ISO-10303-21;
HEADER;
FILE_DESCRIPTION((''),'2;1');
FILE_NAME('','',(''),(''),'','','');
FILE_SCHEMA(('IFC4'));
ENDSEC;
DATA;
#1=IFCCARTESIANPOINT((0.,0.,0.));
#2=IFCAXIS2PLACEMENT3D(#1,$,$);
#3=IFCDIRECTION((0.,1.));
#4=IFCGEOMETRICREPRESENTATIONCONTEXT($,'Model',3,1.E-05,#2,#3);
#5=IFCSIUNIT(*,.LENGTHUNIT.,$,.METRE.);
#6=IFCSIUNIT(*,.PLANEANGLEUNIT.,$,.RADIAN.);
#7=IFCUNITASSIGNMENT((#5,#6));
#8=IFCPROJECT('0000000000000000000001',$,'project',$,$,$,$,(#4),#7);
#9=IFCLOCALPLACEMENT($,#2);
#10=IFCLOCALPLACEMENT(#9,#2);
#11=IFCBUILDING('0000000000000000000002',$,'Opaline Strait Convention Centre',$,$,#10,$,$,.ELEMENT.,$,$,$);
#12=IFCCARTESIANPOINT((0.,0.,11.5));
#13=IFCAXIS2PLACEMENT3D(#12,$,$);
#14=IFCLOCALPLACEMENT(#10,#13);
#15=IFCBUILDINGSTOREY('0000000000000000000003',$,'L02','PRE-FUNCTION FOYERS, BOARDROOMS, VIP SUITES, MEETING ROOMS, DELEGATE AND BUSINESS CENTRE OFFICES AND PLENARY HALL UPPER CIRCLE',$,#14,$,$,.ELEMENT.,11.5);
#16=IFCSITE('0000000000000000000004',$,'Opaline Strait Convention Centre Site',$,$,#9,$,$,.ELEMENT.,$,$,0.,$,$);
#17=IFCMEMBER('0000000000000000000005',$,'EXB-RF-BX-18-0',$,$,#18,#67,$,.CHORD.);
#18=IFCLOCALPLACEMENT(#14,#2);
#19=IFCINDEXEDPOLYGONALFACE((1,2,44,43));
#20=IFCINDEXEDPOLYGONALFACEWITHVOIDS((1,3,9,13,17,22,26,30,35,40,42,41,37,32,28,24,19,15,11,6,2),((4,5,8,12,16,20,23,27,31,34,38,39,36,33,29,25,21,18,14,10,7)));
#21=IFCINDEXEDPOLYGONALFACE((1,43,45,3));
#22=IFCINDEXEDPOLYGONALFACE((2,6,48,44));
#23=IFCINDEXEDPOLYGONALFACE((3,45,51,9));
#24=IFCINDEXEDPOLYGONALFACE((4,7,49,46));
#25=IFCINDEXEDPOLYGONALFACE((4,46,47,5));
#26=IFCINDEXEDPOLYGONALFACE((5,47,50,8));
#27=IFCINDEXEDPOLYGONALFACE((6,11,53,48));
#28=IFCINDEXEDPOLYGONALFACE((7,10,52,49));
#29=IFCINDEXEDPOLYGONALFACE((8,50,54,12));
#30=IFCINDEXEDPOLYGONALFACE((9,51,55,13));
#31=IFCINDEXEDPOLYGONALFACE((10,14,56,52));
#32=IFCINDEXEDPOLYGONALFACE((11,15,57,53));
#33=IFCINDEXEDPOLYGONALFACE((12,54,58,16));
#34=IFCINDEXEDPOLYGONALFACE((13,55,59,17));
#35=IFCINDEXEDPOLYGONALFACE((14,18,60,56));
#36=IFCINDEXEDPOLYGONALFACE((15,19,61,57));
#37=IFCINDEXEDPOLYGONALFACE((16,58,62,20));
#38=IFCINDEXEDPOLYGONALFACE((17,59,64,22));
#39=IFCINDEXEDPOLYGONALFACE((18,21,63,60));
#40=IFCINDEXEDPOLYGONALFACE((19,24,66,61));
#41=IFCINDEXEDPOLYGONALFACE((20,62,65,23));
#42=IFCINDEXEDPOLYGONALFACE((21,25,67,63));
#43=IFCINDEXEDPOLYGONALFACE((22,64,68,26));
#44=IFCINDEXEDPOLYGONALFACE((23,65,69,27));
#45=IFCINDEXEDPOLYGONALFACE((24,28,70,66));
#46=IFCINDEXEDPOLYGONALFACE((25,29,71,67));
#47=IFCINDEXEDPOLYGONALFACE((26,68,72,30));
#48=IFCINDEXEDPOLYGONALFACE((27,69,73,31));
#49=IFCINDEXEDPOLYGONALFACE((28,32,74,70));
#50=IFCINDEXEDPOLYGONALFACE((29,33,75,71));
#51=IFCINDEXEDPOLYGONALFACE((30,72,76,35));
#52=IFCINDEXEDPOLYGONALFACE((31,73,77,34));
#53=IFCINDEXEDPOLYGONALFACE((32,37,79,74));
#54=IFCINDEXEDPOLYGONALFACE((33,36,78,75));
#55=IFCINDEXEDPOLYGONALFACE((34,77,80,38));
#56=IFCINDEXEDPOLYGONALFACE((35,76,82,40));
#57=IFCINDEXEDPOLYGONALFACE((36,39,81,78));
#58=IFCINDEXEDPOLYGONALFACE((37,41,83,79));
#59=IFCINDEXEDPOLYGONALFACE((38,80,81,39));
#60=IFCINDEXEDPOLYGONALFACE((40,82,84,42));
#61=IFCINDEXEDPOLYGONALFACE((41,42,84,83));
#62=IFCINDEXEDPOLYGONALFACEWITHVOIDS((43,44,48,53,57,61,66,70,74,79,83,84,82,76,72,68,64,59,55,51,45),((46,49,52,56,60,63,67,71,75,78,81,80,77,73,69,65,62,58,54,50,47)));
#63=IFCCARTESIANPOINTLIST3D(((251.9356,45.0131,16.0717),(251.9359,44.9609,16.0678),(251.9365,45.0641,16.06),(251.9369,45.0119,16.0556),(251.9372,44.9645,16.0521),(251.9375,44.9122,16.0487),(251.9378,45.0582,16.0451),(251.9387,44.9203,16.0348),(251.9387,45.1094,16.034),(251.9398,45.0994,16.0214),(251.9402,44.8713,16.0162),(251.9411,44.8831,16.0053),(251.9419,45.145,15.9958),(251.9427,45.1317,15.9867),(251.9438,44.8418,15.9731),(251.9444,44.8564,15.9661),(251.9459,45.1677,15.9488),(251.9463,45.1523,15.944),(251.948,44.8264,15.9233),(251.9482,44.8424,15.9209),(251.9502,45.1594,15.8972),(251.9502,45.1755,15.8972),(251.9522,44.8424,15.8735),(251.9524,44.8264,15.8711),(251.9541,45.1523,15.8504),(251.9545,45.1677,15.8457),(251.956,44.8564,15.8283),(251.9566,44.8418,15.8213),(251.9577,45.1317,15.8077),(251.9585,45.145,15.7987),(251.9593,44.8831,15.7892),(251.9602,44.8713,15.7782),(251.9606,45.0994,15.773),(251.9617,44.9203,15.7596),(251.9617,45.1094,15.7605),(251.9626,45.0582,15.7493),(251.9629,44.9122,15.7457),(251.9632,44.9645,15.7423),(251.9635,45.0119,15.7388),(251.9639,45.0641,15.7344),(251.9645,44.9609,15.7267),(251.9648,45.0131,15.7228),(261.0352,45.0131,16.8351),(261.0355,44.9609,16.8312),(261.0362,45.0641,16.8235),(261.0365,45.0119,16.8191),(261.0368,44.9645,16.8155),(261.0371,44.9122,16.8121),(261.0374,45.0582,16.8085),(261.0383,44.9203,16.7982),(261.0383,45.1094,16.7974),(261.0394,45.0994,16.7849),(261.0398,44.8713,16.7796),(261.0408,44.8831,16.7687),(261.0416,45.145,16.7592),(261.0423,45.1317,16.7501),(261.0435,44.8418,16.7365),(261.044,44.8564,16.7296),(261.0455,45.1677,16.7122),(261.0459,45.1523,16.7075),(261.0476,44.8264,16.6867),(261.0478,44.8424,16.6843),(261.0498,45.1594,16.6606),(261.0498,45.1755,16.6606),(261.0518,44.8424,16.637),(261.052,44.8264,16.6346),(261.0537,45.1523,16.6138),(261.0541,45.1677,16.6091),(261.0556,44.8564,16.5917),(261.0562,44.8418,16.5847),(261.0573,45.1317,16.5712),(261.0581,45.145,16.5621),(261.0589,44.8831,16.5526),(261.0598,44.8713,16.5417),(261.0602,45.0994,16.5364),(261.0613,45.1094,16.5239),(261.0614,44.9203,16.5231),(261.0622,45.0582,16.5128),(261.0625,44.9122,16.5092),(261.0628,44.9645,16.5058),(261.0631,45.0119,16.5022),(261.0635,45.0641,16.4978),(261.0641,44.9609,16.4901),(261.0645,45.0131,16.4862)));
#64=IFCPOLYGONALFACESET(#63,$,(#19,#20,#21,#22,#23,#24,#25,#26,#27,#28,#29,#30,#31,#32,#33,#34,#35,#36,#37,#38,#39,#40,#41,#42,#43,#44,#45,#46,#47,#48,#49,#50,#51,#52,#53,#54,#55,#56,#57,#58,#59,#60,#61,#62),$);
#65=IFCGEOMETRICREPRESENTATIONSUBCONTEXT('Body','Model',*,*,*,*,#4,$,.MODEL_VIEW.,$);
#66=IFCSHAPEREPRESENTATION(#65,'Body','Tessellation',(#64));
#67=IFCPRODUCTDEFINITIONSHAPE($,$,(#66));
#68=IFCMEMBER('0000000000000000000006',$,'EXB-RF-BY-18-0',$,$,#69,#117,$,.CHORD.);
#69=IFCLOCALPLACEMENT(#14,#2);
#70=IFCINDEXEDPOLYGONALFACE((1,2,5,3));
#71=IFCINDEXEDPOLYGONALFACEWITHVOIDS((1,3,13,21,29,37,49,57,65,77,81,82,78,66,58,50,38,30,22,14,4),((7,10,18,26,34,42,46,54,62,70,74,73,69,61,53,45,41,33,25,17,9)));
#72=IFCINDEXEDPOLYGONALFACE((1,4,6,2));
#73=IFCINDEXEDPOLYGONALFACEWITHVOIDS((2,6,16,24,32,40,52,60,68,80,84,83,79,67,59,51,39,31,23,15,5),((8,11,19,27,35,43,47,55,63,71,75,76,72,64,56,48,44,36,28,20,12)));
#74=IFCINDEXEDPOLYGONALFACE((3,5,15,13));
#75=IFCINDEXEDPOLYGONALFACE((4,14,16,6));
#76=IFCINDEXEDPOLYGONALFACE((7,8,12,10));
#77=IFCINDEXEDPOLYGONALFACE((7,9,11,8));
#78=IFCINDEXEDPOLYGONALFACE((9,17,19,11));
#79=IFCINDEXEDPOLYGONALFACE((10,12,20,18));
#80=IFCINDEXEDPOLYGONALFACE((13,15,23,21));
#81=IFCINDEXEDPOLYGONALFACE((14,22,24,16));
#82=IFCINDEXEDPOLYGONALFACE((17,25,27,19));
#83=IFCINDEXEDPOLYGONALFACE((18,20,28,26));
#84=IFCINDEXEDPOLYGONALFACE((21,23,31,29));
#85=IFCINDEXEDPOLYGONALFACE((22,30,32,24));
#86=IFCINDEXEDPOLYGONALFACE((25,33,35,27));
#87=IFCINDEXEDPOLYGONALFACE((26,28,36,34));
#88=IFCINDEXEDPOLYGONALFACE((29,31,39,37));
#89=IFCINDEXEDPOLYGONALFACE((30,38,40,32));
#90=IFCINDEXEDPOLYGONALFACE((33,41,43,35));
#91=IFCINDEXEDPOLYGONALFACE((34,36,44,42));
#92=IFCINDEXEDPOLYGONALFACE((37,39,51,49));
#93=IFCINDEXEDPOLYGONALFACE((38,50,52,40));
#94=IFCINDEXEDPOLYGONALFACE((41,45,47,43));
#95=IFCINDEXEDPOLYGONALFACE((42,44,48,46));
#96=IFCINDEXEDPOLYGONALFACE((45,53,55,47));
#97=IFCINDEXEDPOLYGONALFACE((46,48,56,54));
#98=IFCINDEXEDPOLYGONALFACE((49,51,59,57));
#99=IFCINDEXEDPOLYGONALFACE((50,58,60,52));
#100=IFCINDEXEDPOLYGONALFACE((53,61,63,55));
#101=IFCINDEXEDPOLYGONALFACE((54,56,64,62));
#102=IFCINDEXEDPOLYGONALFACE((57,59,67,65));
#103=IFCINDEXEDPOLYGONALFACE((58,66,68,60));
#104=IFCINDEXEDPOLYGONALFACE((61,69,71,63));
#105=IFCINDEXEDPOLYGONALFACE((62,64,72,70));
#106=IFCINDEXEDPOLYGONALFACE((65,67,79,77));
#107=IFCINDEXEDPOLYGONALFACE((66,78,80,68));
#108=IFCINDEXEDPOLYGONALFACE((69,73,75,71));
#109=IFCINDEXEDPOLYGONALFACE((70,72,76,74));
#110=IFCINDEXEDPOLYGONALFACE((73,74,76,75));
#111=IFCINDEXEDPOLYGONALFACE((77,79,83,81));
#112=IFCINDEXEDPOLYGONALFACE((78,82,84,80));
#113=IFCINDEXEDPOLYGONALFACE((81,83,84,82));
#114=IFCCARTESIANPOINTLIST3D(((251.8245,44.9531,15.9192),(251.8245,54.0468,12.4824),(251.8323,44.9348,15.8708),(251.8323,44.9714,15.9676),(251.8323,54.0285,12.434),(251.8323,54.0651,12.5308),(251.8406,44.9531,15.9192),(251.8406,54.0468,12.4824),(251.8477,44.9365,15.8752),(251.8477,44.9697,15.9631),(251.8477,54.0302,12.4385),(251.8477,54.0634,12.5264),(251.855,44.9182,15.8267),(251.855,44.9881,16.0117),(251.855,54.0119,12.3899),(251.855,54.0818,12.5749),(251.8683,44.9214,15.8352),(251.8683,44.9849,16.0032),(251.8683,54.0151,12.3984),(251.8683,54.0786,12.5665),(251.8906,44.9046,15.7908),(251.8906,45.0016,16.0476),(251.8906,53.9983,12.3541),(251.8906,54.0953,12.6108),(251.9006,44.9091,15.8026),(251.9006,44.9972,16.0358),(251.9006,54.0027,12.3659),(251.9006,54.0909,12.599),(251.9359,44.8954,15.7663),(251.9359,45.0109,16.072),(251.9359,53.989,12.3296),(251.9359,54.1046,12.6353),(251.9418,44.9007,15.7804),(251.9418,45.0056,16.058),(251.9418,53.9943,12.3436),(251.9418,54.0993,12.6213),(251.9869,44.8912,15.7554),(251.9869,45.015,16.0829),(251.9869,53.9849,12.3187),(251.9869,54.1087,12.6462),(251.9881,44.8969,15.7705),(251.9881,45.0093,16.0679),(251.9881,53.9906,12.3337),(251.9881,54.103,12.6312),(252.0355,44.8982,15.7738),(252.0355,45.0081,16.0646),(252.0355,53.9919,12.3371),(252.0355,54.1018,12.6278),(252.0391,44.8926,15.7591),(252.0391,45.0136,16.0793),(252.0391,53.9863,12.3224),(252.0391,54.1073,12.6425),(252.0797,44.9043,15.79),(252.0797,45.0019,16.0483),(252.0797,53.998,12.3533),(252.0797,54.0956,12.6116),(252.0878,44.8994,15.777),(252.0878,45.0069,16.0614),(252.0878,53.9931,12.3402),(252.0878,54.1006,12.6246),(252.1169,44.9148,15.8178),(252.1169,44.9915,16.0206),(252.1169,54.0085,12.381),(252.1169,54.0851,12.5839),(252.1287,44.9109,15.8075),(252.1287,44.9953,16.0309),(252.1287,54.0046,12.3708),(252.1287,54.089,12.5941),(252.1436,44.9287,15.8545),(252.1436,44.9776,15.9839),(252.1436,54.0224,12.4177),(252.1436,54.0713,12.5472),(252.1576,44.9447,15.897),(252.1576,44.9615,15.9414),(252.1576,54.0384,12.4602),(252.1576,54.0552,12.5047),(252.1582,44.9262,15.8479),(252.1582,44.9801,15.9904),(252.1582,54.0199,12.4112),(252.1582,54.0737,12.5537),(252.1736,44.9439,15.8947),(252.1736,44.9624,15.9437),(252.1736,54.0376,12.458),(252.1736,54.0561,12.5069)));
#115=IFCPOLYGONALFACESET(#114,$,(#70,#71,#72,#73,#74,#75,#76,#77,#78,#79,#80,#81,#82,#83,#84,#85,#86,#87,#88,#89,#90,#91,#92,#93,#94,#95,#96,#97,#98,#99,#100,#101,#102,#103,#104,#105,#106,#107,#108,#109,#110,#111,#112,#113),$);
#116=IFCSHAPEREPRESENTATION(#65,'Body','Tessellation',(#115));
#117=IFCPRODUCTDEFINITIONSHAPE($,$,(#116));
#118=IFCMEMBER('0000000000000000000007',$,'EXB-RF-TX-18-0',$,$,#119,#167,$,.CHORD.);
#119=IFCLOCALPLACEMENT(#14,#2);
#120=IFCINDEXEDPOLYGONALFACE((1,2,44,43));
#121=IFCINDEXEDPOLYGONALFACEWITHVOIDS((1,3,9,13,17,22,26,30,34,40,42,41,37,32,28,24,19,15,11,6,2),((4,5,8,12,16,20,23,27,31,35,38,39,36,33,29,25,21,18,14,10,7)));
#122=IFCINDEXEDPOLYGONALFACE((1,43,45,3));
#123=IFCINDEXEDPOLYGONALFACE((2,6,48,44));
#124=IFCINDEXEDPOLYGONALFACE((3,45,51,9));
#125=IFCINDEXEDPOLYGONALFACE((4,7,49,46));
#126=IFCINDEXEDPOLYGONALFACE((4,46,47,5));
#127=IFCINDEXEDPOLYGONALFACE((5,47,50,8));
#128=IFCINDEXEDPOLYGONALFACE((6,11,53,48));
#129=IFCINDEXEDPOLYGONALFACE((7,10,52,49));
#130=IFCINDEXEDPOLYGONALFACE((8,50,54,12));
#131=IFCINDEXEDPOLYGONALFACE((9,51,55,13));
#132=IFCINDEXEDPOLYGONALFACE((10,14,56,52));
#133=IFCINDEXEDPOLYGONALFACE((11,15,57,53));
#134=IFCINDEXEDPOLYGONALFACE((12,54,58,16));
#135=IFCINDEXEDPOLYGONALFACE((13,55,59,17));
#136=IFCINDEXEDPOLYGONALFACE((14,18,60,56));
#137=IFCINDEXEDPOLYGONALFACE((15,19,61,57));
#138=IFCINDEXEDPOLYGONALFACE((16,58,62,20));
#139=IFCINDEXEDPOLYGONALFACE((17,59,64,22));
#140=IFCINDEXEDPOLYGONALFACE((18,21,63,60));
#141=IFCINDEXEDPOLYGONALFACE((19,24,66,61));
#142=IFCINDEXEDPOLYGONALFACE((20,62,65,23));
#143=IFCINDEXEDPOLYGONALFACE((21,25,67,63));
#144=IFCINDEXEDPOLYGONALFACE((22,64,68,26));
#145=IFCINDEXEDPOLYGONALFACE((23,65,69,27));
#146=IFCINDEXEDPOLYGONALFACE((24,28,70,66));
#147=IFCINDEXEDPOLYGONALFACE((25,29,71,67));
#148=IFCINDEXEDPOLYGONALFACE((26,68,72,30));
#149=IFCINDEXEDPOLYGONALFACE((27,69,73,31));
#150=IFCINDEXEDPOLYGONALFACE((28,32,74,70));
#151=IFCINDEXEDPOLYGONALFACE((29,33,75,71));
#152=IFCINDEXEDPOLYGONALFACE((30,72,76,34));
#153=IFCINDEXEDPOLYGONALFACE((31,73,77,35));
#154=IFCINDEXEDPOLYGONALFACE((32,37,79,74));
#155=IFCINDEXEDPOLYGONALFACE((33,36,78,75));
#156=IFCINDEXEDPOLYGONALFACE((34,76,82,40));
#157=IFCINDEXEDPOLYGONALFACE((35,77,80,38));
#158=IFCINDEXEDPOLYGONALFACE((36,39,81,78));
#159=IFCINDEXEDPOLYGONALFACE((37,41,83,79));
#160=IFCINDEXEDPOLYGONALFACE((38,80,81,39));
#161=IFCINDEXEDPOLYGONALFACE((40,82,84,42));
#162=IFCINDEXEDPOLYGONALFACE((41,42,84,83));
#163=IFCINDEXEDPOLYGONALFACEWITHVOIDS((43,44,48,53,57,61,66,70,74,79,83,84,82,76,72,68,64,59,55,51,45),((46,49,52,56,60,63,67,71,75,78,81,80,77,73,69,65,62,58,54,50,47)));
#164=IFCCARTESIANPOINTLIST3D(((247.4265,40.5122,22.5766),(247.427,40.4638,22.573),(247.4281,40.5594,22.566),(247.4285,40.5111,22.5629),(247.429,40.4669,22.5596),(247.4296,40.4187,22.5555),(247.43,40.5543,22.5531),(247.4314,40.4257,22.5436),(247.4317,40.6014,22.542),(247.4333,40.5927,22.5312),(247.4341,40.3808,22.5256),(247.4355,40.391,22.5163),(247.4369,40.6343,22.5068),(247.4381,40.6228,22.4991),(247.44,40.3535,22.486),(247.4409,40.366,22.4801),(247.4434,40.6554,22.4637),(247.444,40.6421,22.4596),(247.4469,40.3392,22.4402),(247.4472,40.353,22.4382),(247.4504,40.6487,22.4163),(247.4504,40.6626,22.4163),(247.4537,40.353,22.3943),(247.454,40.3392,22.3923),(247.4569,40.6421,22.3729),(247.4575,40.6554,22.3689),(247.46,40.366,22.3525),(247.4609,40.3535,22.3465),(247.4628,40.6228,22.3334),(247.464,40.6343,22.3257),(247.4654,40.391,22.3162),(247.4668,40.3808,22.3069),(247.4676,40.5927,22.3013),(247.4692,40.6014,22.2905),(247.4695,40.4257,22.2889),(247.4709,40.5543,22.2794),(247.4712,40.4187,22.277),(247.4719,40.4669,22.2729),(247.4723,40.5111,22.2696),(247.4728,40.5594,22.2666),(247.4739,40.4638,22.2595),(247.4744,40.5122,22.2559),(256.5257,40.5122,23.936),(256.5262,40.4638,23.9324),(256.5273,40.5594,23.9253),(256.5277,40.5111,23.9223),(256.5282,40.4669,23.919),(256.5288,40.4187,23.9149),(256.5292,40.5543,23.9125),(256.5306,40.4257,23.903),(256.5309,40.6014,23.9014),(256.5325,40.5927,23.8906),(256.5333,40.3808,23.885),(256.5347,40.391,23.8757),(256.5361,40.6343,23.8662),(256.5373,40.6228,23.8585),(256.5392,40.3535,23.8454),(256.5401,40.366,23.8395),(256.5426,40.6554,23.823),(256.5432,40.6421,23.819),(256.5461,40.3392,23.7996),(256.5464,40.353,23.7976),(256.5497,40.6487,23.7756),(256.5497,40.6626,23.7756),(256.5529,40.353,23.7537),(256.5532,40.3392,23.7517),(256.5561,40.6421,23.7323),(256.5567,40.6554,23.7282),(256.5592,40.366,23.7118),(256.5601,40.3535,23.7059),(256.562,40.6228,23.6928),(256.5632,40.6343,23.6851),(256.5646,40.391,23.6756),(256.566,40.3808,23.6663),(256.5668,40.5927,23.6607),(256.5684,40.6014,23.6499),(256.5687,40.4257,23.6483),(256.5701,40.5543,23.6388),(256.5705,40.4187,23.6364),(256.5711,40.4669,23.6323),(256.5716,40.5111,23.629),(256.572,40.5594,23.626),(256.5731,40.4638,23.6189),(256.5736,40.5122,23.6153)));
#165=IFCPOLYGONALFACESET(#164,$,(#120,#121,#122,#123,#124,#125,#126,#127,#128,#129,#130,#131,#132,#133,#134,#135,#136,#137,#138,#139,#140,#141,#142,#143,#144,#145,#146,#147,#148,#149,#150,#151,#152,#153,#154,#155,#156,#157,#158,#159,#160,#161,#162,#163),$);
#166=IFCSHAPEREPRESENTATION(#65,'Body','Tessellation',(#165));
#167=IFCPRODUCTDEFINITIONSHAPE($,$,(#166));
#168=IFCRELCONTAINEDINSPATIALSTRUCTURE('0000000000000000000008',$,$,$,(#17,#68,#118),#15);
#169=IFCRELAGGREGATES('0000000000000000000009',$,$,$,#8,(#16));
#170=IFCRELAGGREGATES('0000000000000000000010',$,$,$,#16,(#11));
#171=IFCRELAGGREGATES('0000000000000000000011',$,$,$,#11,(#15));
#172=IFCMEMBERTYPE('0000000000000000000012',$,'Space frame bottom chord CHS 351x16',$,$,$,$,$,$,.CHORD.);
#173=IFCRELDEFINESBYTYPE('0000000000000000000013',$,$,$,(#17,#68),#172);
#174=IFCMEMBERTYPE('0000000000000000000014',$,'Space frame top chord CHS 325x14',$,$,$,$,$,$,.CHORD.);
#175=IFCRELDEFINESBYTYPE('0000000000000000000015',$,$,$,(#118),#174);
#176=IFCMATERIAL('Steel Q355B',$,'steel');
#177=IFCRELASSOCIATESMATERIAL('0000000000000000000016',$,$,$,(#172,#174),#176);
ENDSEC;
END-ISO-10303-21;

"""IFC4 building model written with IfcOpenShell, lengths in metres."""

from ifc_helpers import new_model, si_unit, direction, frame, origin, origin_2d, place, context, subcontext, project, spatial, hollow_circle, extrude, material, material_profile, profile_set, type_object, element, save


model = new_model("IFC4")

# Units and contexts
model_context = context("Model", 3, precision=1e-05, world=origin(), true_north=direction((0.0, 1.0)))
body_context = subcontext(model_context, "Body", "Model", "MODEL_VIEW")
ifc_project = project(units=[si_unit("LENGTHUNIT", "METRE"), si_unit("PLANEANGLEUNIT", "RADIAN")], contexts=[model_context])

# Site, building, storey
site_placement = place(None, origin())
site = spatial("IfcSite", under=ifc_project, at=site_placement, Name="Opaline Strait Convention Centre Site", CompositionType="ELEMENT", RefElevation=0.0)
building_placement = place(site_placement, origin())
building = spatial("IfcBuilding", under=site, at=building_placement, Name="Opaline Strait Convention Centre", CompositionType="ELEMENT")
storey_placement = place(building_placement, frame((0.0, 0.0, 11.5)))
storey = spatial("IfcBuildingStorey", under=building, at=storey_placement, Name="L02", Description="PRE-FUNCTION FOYERS, BOARDROOMS, VIP SUITES, MEETING ROOMS, DELEGATE AND BUSINESS CENTRE OFFICES AND PLENARY HALL UPPER CIRCLE", CompositionType="ELEMENT", Elevation=11.5)

# Members
ifc_material_1 = material(Name="Steel Q355B", Category="steel")
ifc_material_profile_1 = material_profile(ifc_material_1, hollow_circle(Radius=0.1755, WallThickness=0.0161, at=origin_2d()), Name="CHS 351x16")
ifc_profile_set_1 = profile_set([ifc_material_profile_1], Name="Steel Q355B")
member_type_1 = type_object("IfcMemberType", Name="Space frame bottom chord CHS 351x16", PredefinedType="CHORD", material=ifc_profile_set_1)
member_1_placement = place(storey_placement, frame((251.9502, 45.0, 15.8972), z_axis=(0.996499, 0.0, 0.083603), x_axis=(0.0, 1.0, 0.0)))
element("IfcMember", 1, at=member_1_placement, inside=storey, type_object=member_type_1, Name="EXB-RF-BX-18-0", PredefinedType="CHORD", context=body_context, shape_type="SweptSolid", body=[
    extrude(hollow_circle(Radius=0.1755, WallThickness=0.0161, at=origin_2d()), origin(), (0.0, 0.0, 1.0), 9.1316),
])
member_2_placement = place(storey_placement, frame((252.0, 44.9531, 15.9192), z_axis=(0.0, 0.935426, -0.353522), x_axis=(-1.0, 0.0, 0.0)))
element("IfcMember", 2, at=member_2_placement, inside=storey, type_object=member_type_1, Name="EXB-RF-BY-18-0", PredefinedType="CHORD", context=body_context, shape_type="SweptSolid", body=[
    extrude(hollow_circle(Radius=0.1755, WallThickness=0.0161, at=origin_2d()), origin(), (0.0, 0.0, 1.0), 9.7214),
])
ifc_material_profile_2 = material_profile(ifc_material_1, hollow_circle(Radius=0.1626, WallThickness=0.0139, at=origin_2d()), Name="CHS 325x14")
ifc_profile_set_2 = profile_set([ifc_material_profile_2], Name="Steel Q355B")
member_type_2 = type_object("IfcMemberType", Name="Space frame top chord CHS 325x14", PredefinedType="CHORD", material=ifc_profile_set_2)
member_3_placement = place(storey_placement, frame((247.4504, 40.5, 22.4163), z_axis=(0.989024, 0.0, 0.147756), x_axis=(0.0, 1.0, 0.0)))
element("IfcMember", 3, at=member_3_placement, inside=storey, type_object=member_type_2, Name="EXB-RF-TX-18-0", PredefinedType="CHORD", context=body_context, shape_type="SweptSolid", body=[
    extrude(hollow_circle(Radius=0.1626, WallThickness=0.0139, at=origin_2d()), origin(), (0.0, 0.0, 1.0), 9.2002),
])

save(model, "model.ifc")
